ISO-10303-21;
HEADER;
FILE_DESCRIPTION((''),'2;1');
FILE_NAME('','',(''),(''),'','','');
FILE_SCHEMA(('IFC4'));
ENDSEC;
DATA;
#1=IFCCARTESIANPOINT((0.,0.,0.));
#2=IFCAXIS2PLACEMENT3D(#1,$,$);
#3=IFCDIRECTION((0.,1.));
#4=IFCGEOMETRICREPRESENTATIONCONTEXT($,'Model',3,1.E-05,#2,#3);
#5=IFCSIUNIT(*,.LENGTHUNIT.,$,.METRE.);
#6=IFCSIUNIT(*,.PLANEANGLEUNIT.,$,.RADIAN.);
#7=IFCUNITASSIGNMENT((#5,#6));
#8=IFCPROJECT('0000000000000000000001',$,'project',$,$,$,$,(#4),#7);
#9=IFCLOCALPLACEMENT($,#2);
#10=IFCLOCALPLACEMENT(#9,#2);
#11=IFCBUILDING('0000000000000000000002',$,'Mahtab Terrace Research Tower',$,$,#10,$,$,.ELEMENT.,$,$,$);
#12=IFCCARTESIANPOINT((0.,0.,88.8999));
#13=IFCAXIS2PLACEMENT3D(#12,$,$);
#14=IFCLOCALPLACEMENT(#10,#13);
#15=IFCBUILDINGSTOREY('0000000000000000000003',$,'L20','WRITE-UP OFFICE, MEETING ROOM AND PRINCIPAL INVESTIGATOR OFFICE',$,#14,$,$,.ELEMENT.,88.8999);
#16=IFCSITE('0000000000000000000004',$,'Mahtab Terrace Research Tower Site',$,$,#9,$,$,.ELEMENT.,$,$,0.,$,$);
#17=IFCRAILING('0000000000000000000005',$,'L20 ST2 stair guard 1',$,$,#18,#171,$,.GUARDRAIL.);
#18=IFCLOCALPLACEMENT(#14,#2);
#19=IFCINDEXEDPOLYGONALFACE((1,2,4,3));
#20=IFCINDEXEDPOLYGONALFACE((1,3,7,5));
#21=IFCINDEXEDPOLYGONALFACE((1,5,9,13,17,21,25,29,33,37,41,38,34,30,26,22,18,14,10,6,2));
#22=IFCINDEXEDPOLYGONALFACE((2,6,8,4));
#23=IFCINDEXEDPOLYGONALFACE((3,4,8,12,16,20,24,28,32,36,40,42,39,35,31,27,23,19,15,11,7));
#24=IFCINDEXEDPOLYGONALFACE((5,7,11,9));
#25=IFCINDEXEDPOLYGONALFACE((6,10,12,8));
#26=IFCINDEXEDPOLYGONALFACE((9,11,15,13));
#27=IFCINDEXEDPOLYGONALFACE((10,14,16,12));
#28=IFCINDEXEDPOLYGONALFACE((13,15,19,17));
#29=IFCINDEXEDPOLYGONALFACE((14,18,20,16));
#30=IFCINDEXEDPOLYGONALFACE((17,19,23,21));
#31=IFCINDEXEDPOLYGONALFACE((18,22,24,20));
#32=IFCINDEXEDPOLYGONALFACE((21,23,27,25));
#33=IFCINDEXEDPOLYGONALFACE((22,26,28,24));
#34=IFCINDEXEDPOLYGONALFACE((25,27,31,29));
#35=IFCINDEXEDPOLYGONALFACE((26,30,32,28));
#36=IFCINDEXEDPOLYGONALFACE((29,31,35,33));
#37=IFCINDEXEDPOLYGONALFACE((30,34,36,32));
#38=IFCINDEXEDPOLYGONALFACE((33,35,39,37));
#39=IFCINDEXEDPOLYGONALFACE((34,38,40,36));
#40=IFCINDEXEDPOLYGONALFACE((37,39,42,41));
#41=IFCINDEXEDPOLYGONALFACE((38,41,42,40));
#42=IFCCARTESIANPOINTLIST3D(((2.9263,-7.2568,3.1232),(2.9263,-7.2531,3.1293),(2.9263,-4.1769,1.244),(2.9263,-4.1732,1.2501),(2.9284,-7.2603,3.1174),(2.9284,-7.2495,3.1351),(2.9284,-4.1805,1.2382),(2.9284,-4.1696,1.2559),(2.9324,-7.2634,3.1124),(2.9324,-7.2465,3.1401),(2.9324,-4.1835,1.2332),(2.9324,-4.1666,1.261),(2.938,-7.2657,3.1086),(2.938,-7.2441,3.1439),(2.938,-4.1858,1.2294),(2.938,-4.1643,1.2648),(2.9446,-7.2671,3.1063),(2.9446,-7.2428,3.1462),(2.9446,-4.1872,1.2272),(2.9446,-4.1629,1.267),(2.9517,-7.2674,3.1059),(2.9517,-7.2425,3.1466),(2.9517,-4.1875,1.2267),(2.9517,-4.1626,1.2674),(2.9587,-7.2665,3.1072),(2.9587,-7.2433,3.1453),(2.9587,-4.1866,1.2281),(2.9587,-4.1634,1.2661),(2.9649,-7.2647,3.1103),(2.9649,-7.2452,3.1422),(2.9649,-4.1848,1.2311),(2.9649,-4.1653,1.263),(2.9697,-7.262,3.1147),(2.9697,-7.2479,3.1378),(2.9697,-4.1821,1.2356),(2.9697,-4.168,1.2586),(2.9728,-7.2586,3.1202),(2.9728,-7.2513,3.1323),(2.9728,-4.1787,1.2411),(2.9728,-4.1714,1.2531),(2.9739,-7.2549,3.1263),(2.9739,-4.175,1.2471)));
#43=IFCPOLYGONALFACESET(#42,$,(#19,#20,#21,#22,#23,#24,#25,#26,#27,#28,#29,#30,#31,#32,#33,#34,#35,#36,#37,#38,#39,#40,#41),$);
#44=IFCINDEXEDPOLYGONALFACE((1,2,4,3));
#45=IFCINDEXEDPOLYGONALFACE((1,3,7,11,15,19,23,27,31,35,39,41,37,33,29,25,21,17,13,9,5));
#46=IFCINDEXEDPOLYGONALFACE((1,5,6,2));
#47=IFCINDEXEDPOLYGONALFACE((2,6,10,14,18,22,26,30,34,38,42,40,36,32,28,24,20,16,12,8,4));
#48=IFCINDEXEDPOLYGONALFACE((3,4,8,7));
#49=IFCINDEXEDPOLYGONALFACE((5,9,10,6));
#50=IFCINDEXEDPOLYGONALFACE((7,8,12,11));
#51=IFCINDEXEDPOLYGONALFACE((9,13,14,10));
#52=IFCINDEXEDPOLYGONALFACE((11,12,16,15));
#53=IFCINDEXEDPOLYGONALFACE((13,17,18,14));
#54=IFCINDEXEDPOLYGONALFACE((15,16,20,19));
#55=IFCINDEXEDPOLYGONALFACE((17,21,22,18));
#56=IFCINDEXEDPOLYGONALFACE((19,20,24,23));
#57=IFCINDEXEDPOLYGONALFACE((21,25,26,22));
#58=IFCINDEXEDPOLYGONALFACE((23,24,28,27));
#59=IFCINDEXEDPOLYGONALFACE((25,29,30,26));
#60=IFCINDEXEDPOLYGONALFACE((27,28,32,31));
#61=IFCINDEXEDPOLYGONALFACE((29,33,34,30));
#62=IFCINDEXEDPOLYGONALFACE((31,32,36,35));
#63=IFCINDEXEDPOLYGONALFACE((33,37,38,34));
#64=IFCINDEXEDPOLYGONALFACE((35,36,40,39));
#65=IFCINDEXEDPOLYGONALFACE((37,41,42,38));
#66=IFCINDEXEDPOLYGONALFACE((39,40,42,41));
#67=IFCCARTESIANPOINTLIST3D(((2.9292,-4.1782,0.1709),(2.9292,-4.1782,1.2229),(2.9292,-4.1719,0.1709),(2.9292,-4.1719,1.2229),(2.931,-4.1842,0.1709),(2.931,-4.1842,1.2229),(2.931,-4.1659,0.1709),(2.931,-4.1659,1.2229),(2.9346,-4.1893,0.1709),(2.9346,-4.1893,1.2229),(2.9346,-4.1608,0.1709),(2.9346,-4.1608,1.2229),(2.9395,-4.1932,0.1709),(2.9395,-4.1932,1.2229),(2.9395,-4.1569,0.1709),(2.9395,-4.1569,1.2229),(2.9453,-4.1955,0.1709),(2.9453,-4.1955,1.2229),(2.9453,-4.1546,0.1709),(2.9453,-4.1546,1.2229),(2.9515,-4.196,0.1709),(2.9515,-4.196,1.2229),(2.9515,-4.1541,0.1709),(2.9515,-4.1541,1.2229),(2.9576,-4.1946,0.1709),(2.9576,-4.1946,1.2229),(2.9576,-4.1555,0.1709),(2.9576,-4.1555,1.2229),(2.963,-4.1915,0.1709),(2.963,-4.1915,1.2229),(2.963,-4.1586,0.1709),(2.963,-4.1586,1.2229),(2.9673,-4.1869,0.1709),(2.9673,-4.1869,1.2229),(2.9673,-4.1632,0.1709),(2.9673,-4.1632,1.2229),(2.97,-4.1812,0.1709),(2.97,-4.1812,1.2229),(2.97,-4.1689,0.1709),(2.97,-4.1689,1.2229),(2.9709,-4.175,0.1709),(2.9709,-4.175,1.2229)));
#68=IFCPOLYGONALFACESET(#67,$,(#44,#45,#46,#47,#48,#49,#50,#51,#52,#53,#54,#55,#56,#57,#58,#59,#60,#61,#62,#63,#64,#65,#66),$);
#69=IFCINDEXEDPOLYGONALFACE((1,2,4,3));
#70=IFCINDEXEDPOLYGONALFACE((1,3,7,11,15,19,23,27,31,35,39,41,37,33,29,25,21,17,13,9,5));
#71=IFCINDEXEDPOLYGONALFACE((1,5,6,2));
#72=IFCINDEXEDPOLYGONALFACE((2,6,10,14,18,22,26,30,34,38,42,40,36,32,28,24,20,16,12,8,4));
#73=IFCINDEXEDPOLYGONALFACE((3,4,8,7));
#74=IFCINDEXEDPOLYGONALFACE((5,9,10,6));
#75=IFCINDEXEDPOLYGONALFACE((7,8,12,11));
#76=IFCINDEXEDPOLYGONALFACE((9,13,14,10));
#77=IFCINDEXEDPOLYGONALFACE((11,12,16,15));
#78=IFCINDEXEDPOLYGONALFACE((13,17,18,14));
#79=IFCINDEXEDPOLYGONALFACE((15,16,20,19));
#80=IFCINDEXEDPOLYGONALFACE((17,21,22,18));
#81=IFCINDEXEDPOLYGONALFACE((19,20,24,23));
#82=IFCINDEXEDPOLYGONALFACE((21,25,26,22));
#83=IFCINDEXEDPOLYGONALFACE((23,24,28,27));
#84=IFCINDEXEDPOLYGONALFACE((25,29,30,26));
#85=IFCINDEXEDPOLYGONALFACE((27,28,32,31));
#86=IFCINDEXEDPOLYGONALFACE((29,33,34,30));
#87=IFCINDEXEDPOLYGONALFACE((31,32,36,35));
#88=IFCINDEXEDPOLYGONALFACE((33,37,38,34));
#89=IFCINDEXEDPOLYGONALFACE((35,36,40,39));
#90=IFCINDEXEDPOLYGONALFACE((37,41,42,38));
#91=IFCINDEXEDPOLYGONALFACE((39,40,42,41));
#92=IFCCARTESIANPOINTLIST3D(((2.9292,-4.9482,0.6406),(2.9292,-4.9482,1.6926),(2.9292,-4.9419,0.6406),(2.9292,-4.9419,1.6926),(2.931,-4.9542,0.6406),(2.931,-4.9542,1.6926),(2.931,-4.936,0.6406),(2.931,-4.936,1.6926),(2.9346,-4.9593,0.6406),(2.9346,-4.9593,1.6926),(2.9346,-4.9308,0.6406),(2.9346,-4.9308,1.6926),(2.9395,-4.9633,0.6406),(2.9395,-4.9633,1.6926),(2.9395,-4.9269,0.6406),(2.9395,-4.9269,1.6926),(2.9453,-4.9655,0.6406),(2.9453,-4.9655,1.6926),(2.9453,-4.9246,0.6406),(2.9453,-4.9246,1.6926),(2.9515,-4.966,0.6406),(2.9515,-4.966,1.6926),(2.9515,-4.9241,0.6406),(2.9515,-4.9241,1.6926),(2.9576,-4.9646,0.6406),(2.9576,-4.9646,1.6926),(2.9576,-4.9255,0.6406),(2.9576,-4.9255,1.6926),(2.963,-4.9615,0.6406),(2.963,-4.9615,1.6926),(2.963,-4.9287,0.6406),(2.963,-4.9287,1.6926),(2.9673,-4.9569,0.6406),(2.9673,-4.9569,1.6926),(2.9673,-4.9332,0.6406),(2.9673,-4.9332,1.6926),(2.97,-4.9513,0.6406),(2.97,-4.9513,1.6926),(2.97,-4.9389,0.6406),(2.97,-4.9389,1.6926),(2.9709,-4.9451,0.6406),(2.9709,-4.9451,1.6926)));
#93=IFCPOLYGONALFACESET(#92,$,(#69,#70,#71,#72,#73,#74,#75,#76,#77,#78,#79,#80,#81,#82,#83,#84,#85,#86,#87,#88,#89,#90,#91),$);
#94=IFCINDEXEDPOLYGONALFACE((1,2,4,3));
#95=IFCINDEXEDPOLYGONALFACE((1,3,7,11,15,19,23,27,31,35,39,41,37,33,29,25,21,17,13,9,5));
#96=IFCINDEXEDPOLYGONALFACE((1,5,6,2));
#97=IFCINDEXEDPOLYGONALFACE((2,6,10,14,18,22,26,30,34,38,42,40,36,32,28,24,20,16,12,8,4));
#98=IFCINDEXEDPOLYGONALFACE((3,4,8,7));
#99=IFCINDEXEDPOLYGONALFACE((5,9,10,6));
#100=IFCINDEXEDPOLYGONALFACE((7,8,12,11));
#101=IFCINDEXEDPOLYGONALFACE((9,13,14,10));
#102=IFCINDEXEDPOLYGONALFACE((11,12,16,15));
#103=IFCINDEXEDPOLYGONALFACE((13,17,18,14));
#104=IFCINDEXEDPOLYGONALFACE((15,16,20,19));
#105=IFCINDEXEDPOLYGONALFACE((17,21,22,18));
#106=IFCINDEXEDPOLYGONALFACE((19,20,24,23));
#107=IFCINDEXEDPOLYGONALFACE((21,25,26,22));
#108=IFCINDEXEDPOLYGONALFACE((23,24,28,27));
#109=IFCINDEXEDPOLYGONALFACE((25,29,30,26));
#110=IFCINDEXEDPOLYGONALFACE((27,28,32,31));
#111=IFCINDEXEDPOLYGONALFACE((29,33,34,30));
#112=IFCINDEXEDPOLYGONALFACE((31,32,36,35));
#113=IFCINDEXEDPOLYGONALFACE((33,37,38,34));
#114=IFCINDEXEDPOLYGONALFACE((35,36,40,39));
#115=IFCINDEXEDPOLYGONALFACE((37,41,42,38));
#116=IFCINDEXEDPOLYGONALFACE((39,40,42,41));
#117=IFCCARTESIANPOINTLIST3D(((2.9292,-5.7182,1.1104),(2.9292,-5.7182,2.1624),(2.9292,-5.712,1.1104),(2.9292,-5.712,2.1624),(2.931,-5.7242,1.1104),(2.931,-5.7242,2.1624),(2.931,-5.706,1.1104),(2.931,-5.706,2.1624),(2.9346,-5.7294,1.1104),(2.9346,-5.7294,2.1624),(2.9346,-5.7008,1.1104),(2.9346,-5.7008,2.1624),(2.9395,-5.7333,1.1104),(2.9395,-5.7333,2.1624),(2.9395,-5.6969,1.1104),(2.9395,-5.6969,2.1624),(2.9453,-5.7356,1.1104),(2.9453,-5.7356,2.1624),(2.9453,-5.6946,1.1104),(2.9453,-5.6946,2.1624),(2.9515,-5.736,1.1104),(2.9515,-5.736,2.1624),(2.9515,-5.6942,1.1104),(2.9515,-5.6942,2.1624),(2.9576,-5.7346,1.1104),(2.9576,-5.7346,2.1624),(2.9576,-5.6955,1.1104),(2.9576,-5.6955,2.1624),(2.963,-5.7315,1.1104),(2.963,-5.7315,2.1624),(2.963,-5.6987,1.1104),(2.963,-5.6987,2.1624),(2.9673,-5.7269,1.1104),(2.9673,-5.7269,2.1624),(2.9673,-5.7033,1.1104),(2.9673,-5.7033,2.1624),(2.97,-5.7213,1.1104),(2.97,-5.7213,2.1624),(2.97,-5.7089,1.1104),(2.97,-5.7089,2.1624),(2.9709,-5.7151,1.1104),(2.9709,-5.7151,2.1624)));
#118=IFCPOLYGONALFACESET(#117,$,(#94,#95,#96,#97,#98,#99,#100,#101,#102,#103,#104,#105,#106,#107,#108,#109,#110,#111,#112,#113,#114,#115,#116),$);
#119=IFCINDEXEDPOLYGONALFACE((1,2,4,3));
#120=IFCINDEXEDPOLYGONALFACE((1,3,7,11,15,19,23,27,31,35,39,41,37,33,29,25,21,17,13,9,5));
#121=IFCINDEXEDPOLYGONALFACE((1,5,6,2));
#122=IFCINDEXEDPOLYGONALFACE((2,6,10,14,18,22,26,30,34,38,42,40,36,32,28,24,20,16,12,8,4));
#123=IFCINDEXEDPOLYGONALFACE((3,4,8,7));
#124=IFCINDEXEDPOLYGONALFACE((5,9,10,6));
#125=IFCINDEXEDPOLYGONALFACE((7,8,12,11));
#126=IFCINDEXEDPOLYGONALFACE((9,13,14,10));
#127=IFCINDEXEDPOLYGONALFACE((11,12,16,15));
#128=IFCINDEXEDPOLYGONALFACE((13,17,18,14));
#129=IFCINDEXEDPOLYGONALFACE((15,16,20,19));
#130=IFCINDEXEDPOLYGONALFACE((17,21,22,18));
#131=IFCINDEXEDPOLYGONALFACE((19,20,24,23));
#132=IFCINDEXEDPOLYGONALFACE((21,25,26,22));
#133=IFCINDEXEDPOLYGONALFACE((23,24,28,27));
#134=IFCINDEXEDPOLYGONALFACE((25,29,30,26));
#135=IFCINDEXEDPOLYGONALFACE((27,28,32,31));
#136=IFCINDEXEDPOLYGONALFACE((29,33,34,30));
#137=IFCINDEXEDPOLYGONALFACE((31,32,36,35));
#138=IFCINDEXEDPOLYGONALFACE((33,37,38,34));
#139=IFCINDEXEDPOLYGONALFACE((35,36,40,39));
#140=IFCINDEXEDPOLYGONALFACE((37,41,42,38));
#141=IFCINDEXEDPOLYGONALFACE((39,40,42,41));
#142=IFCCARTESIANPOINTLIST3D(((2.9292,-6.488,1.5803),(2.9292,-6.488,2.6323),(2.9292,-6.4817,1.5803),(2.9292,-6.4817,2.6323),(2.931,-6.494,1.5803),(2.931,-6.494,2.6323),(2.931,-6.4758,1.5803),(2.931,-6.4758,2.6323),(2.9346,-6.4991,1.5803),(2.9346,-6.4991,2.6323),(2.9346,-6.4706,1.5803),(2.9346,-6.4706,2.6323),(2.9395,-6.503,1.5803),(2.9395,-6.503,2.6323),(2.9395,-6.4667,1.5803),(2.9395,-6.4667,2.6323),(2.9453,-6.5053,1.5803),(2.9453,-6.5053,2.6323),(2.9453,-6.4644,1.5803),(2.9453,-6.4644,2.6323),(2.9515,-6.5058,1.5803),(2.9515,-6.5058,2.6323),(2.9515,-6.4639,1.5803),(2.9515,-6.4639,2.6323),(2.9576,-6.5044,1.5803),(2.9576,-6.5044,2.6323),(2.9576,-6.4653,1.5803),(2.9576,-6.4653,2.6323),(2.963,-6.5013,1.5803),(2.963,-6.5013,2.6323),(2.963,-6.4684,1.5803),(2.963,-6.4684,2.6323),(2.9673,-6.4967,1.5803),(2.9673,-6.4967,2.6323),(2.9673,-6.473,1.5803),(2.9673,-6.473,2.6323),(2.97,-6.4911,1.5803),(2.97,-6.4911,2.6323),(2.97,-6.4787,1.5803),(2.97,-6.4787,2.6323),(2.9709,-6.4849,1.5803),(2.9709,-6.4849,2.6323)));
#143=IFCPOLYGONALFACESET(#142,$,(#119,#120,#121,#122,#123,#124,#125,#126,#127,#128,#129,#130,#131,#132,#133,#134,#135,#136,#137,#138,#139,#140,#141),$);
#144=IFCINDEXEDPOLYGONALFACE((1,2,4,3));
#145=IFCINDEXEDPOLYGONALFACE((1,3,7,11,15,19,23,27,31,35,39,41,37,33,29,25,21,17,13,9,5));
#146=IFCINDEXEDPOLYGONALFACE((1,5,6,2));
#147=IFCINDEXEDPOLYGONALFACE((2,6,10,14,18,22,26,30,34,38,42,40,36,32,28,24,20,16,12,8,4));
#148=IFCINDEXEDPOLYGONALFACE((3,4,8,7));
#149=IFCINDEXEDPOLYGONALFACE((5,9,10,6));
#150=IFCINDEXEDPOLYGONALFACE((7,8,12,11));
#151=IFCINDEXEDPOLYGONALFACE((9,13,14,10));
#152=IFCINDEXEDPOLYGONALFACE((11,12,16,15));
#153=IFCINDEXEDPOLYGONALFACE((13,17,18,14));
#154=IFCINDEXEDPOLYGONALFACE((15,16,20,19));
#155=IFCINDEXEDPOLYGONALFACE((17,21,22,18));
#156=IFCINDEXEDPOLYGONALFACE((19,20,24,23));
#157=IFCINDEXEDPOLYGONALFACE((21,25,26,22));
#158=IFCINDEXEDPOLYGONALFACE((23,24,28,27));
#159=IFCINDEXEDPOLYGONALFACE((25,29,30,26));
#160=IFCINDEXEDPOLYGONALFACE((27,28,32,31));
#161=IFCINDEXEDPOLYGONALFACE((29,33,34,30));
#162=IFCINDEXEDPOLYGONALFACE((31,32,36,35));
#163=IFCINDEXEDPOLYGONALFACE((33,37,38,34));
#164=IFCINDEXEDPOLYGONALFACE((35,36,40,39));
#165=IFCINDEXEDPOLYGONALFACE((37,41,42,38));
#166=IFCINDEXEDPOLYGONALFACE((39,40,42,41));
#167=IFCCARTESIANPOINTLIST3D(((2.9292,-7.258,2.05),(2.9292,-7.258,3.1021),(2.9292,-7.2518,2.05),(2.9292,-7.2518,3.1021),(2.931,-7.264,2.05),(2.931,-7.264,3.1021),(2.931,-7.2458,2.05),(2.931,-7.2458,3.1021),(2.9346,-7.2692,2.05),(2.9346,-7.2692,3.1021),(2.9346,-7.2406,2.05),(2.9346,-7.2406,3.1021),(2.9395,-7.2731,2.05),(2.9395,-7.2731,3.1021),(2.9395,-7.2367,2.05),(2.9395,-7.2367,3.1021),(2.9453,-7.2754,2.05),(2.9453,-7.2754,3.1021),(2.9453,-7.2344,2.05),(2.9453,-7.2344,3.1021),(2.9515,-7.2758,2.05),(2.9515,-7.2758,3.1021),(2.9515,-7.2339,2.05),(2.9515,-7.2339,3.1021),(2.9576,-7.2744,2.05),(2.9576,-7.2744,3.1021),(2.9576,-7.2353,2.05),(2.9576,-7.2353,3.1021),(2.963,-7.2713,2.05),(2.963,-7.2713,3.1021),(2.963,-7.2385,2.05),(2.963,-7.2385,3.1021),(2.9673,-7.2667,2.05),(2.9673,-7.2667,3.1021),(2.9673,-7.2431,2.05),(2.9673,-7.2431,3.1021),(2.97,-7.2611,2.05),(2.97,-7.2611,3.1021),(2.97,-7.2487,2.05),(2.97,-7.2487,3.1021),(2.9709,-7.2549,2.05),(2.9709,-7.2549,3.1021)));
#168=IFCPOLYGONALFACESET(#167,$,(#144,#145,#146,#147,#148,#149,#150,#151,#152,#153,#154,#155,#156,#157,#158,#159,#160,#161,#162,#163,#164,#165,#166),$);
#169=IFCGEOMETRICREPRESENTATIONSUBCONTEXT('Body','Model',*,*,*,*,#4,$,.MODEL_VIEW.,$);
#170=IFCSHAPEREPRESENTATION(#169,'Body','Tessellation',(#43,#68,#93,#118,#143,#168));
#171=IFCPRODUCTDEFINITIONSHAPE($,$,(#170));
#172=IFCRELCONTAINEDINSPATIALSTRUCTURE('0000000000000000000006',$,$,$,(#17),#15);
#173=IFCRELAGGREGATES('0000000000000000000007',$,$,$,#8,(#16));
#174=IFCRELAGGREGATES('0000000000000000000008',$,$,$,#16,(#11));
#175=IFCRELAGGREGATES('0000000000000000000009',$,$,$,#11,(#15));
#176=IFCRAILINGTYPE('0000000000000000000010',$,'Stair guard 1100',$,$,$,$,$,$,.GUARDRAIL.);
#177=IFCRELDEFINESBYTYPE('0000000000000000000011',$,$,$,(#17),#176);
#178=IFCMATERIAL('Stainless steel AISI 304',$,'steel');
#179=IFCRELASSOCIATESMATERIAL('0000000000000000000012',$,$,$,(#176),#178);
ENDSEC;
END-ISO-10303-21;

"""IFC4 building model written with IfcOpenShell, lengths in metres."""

from ifc_helpers import new_model, si_unit, direction, frame, origin, origin_2d, place, context, subcontext, project, spatial, circle, extrude, material, type_object, element, save


model = new_model("IFC4")

# Units and contexts
model_context = context("Model", 3, precision=1e-05, world=origin(), true_north=direction((0.0, 1.0)))
body_context = subcontext(model_context, "Body", "Model", "MODEL_VIEW")
ifc_project = project(units=[si_unit("LENGTHUNIT", "METRE"), si_unit("PLANEANGLEUNIT", "RADIAN")], contexts=[model_context])

# Site, building, storey
site_placement = place(None, origin())
site = spatial("IfcSite", under=ifc_project, at=site_placement, Name="Mahtab Terrace Research Tower Site", CompositionType="ELEMENT", RefElevation=0.0)
building_placement = place(site_placement, origin())
building = spatial("IfcBuilding", under=site, at=building_placement, Name="Mahtab Terrace Research Tower", CompositionType="ELEMENT")
storey_placement = place(building_placement, frame((0.0, 0.0, 88.8999)))
storey = spatial("IfcBuildingStorey", under=building, at=storey_placement, Name="L20", Description="WRITE-UP OFFICE, MEETING ROOM AND PRINCIPAL INVESTIGATOR OFFICE", CompositionType="ELEMENT", Elevation=88.8999)

# Railing
ifc_material_1 = material(Name="Stainless steel AISI 304", Category="steel")
railing_type_1 = type_object("IfcRailingType", Name="Stair guard 1100", PredefinedType="GUARDRAIL", material=ifc_material_1)
railing_1_placement = place(storey_placement, frame((2.95, -4.175, 0.1709)))
element("IfcRailing", 1, at=railing_1_placement, inside=storey, type_object=railing_type_1, Name="L20 ST2 stair guard 1", PredefinedType="GUARDRAIL", context=body_context, shape_type="SweptSolid", body=[
    extrude(circle(Radius=0.0239, at=origin_2d()), frame((0.0, 0.0, 1.0762), z_axis=(0.0, -0.853648, 0.52085), x_axis=(1.0, 0.0, 0.0)), (0.0, 0.0, 1.0), 3.6079),
    extrude(circle(Radius=0.021, at=origin_2d()), origin(), (0.0, 0.0, 1.0), 1.052),
    extrude(circle(Radius=0.021, at=origin_2d()), frame((0.0, -0.77, 0.4697)), (0.0, 0.0, 1.0), 1.052),
    extrude(circle(Radius=0.021, at=origin_2d()), frame((0.0, -1.54, 0.9395)), (0.0, 0.0, 1.0), 1.052),
    extrude(circle(Radius=0.021, at=origin_2d()), frame((0.0, -2.3098, 1.4094)), (0.0, 0.0, 1.0), 1.052),
    extrude(circle(Radius=0.021, at=origin_2d()), frame((0.0, -3.0798, 1.8792)), (0.0, 0.0, 1.0), 1.052),
])

save(model, "model.ifc")
